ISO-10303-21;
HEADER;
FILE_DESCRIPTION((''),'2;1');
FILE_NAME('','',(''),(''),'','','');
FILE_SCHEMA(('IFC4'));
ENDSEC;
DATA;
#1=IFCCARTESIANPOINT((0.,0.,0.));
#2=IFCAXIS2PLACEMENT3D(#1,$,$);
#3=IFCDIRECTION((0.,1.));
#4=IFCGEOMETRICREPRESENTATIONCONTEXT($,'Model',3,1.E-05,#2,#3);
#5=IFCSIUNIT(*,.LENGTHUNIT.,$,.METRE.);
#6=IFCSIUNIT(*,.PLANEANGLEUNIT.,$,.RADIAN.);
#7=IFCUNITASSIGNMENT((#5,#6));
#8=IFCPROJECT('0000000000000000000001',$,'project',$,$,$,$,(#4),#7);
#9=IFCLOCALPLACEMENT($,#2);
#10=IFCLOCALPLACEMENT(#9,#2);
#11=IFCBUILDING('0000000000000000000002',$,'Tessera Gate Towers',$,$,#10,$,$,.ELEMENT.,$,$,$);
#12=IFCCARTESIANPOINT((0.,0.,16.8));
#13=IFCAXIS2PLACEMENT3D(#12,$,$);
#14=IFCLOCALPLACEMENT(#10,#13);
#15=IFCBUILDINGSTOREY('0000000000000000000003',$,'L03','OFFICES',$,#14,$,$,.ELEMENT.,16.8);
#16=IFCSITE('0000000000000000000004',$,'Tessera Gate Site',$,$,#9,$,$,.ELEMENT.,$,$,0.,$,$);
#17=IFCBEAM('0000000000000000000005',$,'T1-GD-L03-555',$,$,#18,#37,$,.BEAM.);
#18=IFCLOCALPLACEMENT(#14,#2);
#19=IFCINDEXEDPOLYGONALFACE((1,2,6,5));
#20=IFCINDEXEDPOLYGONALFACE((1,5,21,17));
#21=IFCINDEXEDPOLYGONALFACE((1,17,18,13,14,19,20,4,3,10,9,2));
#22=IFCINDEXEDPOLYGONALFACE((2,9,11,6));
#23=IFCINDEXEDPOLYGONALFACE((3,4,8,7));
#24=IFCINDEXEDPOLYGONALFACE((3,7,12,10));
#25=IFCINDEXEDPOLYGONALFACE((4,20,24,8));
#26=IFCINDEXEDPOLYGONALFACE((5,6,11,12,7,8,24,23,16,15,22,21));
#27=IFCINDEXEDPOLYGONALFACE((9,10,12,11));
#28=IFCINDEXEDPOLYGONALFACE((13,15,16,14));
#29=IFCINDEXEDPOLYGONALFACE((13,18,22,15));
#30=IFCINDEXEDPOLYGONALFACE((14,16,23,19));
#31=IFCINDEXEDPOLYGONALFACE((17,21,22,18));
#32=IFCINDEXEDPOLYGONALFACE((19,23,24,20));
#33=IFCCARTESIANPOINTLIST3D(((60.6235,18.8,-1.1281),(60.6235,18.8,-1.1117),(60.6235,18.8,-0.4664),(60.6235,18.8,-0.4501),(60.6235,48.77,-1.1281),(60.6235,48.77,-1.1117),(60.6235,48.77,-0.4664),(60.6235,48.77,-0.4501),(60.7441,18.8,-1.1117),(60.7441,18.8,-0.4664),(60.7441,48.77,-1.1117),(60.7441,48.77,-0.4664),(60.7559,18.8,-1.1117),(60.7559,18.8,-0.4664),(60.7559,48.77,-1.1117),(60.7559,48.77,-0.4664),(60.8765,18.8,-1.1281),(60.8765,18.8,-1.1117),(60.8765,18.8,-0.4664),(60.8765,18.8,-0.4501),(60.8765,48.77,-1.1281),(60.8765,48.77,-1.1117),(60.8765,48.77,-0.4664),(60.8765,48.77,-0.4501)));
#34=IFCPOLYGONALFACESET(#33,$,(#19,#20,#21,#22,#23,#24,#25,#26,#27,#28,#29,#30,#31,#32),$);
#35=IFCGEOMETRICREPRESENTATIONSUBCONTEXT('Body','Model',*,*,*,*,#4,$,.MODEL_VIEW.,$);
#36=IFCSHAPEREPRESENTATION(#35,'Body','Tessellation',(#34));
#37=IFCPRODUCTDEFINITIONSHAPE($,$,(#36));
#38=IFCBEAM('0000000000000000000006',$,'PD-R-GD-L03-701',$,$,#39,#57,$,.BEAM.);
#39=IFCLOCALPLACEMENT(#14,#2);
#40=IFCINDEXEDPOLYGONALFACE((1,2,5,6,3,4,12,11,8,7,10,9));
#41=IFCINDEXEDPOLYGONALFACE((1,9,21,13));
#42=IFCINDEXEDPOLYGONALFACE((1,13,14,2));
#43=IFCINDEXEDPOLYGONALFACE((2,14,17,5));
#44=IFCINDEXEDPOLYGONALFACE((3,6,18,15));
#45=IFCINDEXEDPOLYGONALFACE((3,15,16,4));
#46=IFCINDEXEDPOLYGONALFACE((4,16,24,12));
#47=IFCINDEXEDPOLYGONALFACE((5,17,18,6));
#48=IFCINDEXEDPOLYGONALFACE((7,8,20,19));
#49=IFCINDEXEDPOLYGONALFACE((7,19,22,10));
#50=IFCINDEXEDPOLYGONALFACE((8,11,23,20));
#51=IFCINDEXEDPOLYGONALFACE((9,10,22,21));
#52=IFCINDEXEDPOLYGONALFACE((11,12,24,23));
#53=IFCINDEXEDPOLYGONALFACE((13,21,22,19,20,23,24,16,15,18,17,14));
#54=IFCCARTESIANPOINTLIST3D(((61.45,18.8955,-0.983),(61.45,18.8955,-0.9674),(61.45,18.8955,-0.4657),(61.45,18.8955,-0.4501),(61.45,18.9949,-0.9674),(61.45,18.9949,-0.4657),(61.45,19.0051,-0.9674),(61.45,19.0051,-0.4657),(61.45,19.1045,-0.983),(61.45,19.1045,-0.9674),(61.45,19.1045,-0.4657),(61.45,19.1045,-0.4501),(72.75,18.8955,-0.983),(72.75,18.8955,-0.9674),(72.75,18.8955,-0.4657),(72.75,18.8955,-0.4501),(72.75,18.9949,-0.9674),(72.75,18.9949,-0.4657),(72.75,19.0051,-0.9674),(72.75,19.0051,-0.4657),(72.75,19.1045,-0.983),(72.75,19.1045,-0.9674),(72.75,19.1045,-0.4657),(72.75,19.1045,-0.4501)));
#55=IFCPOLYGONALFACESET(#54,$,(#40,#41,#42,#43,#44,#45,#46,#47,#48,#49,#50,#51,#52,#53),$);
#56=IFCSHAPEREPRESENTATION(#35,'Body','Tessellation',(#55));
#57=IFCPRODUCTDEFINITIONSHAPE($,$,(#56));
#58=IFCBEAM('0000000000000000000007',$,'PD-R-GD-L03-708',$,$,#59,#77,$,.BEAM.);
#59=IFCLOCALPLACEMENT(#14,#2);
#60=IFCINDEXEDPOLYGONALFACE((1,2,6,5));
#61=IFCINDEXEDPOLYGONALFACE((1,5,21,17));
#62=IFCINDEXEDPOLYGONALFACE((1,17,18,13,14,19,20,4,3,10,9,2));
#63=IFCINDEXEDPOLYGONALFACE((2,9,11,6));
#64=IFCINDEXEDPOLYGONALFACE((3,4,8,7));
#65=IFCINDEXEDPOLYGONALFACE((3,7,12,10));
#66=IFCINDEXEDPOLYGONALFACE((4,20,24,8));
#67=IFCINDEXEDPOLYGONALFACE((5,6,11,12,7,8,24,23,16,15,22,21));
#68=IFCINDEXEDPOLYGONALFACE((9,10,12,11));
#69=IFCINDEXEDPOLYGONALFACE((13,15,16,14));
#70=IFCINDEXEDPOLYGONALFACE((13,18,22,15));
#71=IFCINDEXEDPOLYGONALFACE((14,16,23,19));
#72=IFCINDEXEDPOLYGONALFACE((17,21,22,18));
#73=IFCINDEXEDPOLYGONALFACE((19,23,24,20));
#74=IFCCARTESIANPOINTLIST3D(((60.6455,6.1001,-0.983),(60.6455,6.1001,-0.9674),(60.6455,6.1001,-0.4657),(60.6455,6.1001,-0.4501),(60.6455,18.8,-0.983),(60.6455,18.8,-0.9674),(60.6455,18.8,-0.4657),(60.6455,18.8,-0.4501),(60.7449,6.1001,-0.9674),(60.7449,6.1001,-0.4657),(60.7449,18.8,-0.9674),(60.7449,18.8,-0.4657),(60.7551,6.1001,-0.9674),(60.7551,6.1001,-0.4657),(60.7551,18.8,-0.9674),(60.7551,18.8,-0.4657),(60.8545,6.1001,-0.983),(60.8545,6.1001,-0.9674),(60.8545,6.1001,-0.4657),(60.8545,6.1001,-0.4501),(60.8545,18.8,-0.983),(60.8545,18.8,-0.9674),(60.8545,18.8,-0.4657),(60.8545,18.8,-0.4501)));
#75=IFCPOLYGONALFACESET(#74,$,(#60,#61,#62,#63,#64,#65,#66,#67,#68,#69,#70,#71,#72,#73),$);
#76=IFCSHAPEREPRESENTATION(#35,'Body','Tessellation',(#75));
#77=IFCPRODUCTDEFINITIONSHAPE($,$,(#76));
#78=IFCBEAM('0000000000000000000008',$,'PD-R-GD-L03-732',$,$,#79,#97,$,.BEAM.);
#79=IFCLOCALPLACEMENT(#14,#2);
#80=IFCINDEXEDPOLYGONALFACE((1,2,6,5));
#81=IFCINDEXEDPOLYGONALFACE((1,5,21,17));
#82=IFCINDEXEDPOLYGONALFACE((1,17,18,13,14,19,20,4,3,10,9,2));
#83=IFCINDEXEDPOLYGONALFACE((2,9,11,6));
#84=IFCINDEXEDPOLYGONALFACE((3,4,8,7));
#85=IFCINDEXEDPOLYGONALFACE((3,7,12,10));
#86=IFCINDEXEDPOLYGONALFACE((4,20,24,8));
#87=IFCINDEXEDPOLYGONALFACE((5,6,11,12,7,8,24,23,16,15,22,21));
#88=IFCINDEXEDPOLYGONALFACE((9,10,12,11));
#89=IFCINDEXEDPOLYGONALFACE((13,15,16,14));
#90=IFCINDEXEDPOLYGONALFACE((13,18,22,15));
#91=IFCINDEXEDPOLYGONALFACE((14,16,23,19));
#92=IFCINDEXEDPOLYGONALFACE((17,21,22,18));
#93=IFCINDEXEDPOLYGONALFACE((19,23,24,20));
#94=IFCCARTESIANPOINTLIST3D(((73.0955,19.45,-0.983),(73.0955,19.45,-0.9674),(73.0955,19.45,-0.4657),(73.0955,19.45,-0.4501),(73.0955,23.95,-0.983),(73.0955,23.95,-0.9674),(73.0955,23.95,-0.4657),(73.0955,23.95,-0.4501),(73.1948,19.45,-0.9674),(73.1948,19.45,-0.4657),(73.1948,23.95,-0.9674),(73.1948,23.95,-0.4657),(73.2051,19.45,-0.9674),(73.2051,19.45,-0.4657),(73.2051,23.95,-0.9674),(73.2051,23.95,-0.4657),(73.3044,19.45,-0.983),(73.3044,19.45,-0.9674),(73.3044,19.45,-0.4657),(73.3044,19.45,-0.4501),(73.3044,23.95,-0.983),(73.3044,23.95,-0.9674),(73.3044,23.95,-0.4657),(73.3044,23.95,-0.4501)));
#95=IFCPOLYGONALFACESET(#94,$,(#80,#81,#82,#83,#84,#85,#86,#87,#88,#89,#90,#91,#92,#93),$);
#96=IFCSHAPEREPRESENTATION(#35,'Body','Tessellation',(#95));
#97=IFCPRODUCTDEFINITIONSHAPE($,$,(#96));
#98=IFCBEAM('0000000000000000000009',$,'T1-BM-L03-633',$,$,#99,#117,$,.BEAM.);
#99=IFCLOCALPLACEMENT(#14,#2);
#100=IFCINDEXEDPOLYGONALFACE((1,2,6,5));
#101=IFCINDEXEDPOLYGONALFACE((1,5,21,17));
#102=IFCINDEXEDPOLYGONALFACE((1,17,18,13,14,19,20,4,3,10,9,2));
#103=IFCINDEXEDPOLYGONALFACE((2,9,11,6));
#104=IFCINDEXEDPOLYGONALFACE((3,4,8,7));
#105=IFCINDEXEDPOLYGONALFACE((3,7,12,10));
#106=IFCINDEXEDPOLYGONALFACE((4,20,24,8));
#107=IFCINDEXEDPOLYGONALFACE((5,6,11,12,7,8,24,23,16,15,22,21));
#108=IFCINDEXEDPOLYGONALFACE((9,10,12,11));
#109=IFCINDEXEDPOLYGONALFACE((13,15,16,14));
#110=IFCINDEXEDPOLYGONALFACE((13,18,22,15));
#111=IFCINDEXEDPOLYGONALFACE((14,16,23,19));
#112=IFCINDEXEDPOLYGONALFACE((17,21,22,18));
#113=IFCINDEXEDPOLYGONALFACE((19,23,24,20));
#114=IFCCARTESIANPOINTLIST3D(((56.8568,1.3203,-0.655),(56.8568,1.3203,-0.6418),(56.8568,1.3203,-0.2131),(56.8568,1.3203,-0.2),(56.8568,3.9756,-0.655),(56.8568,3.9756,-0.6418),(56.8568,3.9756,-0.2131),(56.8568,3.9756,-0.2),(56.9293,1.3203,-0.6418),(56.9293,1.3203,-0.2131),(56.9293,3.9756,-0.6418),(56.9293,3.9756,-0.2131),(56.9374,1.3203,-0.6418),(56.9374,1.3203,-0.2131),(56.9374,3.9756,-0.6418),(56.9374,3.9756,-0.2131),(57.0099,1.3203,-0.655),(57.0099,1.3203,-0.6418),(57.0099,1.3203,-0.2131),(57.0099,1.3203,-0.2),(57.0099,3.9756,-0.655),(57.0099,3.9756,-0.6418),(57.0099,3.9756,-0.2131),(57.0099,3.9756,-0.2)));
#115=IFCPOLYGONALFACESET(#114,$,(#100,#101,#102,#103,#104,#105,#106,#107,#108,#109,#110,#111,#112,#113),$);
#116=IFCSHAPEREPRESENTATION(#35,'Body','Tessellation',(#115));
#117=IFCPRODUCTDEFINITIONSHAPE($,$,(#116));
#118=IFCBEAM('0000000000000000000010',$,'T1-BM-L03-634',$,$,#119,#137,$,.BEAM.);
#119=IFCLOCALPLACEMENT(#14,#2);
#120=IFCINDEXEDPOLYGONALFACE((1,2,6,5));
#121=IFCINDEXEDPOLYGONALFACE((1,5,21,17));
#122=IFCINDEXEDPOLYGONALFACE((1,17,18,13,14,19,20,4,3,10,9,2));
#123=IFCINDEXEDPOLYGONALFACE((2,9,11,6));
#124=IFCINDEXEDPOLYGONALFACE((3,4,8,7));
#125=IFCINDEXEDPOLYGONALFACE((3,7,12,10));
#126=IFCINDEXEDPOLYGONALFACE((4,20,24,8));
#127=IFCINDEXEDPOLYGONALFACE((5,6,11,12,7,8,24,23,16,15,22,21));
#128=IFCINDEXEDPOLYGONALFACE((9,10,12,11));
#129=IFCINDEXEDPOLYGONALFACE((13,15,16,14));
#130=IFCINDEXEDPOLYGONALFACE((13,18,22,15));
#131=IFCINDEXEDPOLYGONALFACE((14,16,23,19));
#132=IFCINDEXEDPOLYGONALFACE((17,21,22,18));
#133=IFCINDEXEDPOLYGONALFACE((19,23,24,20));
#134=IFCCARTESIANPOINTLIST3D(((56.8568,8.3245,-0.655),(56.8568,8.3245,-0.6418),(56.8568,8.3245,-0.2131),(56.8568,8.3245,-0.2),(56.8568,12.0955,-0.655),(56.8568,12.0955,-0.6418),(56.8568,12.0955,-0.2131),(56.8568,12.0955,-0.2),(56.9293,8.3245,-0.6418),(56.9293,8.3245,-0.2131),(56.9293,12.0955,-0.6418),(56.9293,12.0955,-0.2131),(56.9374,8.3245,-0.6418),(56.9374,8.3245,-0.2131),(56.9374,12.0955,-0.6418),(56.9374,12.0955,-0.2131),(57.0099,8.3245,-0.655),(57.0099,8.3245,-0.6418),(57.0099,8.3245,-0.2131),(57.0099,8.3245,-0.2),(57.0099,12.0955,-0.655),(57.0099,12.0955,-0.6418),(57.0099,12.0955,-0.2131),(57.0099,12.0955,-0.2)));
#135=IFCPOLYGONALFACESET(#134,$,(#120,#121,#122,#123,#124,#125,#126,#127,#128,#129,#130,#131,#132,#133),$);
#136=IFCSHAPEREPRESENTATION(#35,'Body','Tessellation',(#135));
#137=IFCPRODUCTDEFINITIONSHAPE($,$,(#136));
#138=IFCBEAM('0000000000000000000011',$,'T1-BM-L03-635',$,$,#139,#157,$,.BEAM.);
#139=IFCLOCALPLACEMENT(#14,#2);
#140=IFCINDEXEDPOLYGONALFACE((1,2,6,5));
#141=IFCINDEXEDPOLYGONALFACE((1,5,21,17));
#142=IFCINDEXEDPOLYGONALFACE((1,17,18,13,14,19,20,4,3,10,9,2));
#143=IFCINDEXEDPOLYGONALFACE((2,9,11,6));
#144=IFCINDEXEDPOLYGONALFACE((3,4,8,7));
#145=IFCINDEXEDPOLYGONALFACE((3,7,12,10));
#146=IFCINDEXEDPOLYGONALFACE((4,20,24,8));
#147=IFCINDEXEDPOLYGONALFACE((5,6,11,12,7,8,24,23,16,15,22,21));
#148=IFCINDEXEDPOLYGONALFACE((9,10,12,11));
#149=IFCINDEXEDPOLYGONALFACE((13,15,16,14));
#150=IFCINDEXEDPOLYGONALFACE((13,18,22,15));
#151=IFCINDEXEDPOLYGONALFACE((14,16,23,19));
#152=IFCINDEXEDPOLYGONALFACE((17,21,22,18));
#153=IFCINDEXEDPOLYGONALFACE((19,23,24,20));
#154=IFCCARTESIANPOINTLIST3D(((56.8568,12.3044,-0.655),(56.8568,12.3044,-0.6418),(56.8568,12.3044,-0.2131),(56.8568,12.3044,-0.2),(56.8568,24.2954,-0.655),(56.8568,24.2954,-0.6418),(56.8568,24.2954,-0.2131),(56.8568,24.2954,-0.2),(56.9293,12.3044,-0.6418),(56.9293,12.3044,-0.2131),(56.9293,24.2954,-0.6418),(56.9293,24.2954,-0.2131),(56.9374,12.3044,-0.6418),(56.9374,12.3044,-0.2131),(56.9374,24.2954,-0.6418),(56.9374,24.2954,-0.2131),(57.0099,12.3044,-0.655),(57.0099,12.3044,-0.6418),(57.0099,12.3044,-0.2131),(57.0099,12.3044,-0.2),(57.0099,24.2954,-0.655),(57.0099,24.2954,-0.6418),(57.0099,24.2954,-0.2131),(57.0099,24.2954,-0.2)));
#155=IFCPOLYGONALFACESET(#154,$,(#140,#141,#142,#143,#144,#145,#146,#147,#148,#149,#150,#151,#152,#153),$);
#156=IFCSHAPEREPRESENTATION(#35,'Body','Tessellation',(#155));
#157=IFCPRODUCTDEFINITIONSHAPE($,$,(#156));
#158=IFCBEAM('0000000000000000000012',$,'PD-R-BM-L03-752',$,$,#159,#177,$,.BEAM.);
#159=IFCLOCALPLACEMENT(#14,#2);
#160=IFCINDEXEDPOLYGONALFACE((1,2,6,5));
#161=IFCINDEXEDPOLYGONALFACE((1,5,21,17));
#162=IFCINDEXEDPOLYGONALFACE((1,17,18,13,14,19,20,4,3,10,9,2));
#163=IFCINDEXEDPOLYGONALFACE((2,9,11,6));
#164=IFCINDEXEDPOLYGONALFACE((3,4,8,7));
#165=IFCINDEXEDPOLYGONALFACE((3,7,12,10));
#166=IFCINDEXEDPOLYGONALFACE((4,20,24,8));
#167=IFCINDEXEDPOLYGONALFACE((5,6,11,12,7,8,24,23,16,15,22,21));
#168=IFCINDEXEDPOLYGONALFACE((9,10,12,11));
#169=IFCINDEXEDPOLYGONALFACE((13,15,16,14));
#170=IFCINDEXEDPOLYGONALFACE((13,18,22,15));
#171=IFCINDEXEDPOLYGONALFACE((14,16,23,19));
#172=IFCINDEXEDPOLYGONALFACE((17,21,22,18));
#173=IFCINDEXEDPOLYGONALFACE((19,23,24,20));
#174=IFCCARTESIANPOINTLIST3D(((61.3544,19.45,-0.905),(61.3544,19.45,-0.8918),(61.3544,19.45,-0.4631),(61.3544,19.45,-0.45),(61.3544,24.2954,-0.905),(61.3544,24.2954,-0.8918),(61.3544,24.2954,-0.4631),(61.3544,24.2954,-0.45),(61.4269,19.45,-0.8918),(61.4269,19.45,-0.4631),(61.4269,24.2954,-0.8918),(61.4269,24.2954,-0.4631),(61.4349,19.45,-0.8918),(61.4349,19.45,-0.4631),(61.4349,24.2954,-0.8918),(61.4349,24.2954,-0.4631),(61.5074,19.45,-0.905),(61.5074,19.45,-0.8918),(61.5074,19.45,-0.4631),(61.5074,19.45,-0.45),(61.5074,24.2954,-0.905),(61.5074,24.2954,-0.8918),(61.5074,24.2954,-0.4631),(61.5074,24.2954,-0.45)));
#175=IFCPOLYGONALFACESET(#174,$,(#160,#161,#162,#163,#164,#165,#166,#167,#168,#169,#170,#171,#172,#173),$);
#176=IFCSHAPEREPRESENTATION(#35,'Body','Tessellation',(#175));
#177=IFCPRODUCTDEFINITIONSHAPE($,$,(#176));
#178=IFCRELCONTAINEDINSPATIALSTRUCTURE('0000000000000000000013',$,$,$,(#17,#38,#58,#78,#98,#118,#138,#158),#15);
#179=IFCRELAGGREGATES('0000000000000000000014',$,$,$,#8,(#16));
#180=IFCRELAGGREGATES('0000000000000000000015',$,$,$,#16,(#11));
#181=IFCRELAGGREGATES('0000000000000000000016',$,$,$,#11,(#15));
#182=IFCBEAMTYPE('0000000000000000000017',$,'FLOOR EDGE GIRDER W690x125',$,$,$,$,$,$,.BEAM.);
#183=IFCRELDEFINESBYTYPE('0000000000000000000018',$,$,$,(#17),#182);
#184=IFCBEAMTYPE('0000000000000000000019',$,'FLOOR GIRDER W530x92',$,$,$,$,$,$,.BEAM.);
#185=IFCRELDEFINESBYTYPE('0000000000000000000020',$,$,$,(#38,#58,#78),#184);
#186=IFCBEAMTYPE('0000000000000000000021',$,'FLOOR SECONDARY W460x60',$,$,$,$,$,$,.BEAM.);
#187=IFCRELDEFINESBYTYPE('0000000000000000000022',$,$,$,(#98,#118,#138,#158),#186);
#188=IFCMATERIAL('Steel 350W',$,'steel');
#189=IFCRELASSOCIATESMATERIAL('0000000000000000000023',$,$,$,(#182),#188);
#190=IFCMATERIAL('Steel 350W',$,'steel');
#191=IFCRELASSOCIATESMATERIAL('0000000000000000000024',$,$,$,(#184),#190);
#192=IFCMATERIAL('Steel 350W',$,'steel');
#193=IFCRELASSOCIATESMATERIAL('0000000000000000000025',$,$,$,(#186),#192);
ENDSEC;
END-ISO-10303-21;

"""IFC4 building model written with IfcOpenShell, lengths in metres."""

from ifc_helpers import new_model, si_unit, direction, frame, origin, origin_2d, place, context, subcontext, project, spatial, i_section, extrude, material, material_profile, profile_set, type_object, element, save


model = new_model("IFC4")

# Units and contexts
model_context = context("Model", 3, precision=1e-05, world=origin(), true_north=direction((0.0, 1.0)))
body_context = subcontext(model_context, "Body", "Model", "MODEL_VIEW")
ifc_project = project(units=[si_unit("LENGTHUNIT", "METRE"), si_unit("PLANEANGLEUNIT", "RADIAN")], contexts=[model_context])

# Site, building, storey
site_placement = place(None, origin())
site = spatial("IfcSite", under=ifc_project, at=site_placement, Name="Tessera Gate Site", CompositionType="ELEMENT", RefElevation=0.0)
building_placement = place(site_placement, origin())
building = spatial("IfcBuilding", under=site, at=building_placement, Name="Tessera Gate Towers", CompositionType="ELEMENT")
storey_placement = place(building_placement, frame((0.0, 0.0, 16.8)))
storey = spatial("IfcBuildingStorey", under=building, at=storey_placement, Name="L03", Description="OFFICES", CompositionType="ELEMENT", Elevation=16.8)

# Beams
ifc_material_1 = material(Name="Steel 350W", Category="steel")
ifc_material_profile_1 = material_profile(ifc_material_1, i_section(OverallWidth=0.2529, OverallDepth=0.678, WebThickness=0.0117, FlangeThickness=0.0164, at=origin_2d()), Name="W690x125")
ifc_profile_set_1 = profile_set([ifc_material_profile_1], Name="Steel 350W")
beam_type_1 = type_object("IfcBeamType", Name="FLOOR EDGE GIRDER W690x125", PredefinedType="BEAM", material=ifc_profile_set_1)
beam_1_placement = place(storey_placement, frame((60.75, 18.8, -0.7891), z_axis=(0.0, 1.0, 0.0), x_axis=(-1.0, 0.0, 0.0)))
element("IfcBeam", 1, at=beam_1_placement, inside=storey, type_object=beam_type_1, Name="T1-GD-L03-555", PredefinedType="BEAM", context=body_context, shape_type="SweptSolid", body=[
    extrude(i_section(OverallWidth=0.2529, OverallDepth=0.678, WebThickness=0.0117, FlangeThickness=0.0164, at=origin_2d()), origin(), (0.0, 0.0, 1.0), 29.97),
])
ifc_material_2 = material(Name="Steel 350W", Category="steel")
ifc_material_profile_2 = material_profile(ifc_material_2, i_section(OverallWidth=0.209, OverallDepth=0.533, WebThickness=0.0103, FlangeThickness=0.0156, at=origin_2d()), Name="W530x92")
ifc_profile_set_2 = profile_set([ifc_material_profile_2], Name="Steel 350W")
beam_type_2 = type_object("IfcBeamType", Name="FLOOR GIRDER W530x92", PredefinedType="BEAM", material=ifc_profile_set_2)
beam_2_placement = place(storey_placement, frame((61.45, 19.0, -0.7166), z_axis=(1.0, 0.0, 0.0), x_axis=(0.0, 1.0, 0.0)))
element("IfcBeam", 2, at=beam_2_placement, inside=storey, type_object=beam_type_2, Name="PD-R-GD-L03-701", PredefinedType="BEAM", context=body_context, shape_type="SweptSolid", body=[
    extrude(i_section(OverallWidth=0.209, OverallDepth=0.533, WebThickness=0.0103, FlangeThickness=0.0156, at=origin_2d()), origin(), (0.0, 0.0, 1.0), 11.3),
])
beam_3_placement = place(storey_placement, frame((60.75, 6.1001, -0.7166), z_axis=(0.0, 1.0, 0.0), x_axis=(-1.0, 0.0, 0.0)))
element("IfcBeam", 3, at=beam_3_placement, inside=storey, type_object=beam_type_2, Name="PD-R-GD-L03-708", PredefinedType="BEAM", context=body_context, shape_type="SweptSolid", body=[
    extrude(i_section(OverallWidth=0.209, OverallDepth=0.533, WebThickness=0.0103, FlangeThickness=0.0156, at=origin_2d()), origin(), (0.0, 0.0, 1.0), 12.7),
])
beam_4_placement = place(storey_placement, frame((73.2, 19.45, -0.7166), z_axis=(0.0, 1.0, 0.0), x_axis=(-1.0, 0.0, 0.0)))
element("IfcBeam", 4, at=beam_4_placement, inside=storey, type_object=beam_type_2, Name="PD-R-GD-L03-732", PredefinedType="BEAM", context=body_context, shape_type="SweptSolid", body=[
    extrude(i_section(OverallWidth=0.209, OverallDepth=0.533, WebThickness=0.0103, FlangeThickness=0.0156, at=origin_2d()), origin(), (0.0, 0.0, 1.0), 4.5),
])
ifc_material_3 = material(Name="Steel 350W", Category="steel")
ifc_material_profile_3 = material_profile(ifc_material_3, i_section(OverallWidth=0.1531, OverallDepth=0.4551, WebThickness=0.0081, FlangeThickness=0.0132, at=origin_2d()), Name="W460x60")
ifc_profile_set_3 = profile_set([ifc_material_profile_3], Name="Steel 350W")
beam_type_3 = type_object("IfcBeamType", Name="FLOOR SECONDARY W460x60", PredefinedType="BEAM", material=ifc_profile_set_3)
beam_5_placement = place(storey_placement, frame((56.9333, 1.3203, -0.4275), z_axis=(0.0, 1.0, 0.0), x_axis=(-1.0, 0.0, 0.0)))
element("IfcBeam", 5, at=beam_5_placement, inside=storey, type_object=beam_type_3, Name="T1-BM-L03-633", PredefinedType="BEAM", context=body_context, shape_type="SweptSolid", body=[
    extrude(i_section(OverallWidth=0.1531, OverallDepth=0.4551, WebThickness=0.0081, FlangeThickness=0.0132, at=origin_2d()), origin(), (0.0, 0.0, 1.0), 2.6553),
])
beam_6_placement = place(storey_placement, frame((56.9333, 8.3245, -0.4275), z_axis=(0.0, 1.0, 0.0), x_axis=(-1.0, 0.0, 0.0)))
element("IfcBeam", 6, at=beam_6_placement, inside=storey, type_object=beam_type_3, Name="T1-BM-L03-634", PredefinedType="BEAM", context=body_context, shape_type="SweptSolid", body=[
    extrude(i_section(OverallWidth=0.1531, OverallDepth=0.4551, WebThickness=0.0081, FlangeThickness=0.0132, at=origin_2d()), origin(), (0.0, 0.0, 1.0), 3.771),
])
beam_7_placement = place(storey_placement, frame((56.9333, 12.3044, -0.4275), z_axis=(0.0, 1.0, 0.0), x_axis=(-1.0, 0.0, 0.0)))
element("IfcBeam", 7, at=beam_7_placement, inside=storey, type_object=beam_type_3, Name="T1-BM-L03-635", PredefinedType="BEAM", context=body_context, shape_type="SweptSolid", body=[
    extrude(i_section(OverallWidth=0.1531, OverallDepth=0.4551, WebThickness=0.0081, FlangeThickness=0.0132, at=origin_2d()), origin(), (0.0, 0.0, 1.0), 11.991),
])
beam_8_placement = place(storey_placement, frame((61.4309, 19.45, -0.6775), z_axis=(0.0, 1.0, 0.0), x_axis=(-1.0, 0.0, 0.0)))
element("IfcBeam", 8, at=beam_8_placement, inside=storey, type_object=beam_type_3, Name="PD-R-BM-L03-752", PredefinedType="BEAM", context=body_context, shape_type="SweptSolid", body=[
    extrude(i_section(OverallWidth=0.1531, OverallDepth=0.4551, WebThickness=0.0081, FlangeThickness=0.0132, at=origin_2d()), origin(), (0.0, 0.0, 1.0), 4.8455),
])

save(model, "model.ifc")
